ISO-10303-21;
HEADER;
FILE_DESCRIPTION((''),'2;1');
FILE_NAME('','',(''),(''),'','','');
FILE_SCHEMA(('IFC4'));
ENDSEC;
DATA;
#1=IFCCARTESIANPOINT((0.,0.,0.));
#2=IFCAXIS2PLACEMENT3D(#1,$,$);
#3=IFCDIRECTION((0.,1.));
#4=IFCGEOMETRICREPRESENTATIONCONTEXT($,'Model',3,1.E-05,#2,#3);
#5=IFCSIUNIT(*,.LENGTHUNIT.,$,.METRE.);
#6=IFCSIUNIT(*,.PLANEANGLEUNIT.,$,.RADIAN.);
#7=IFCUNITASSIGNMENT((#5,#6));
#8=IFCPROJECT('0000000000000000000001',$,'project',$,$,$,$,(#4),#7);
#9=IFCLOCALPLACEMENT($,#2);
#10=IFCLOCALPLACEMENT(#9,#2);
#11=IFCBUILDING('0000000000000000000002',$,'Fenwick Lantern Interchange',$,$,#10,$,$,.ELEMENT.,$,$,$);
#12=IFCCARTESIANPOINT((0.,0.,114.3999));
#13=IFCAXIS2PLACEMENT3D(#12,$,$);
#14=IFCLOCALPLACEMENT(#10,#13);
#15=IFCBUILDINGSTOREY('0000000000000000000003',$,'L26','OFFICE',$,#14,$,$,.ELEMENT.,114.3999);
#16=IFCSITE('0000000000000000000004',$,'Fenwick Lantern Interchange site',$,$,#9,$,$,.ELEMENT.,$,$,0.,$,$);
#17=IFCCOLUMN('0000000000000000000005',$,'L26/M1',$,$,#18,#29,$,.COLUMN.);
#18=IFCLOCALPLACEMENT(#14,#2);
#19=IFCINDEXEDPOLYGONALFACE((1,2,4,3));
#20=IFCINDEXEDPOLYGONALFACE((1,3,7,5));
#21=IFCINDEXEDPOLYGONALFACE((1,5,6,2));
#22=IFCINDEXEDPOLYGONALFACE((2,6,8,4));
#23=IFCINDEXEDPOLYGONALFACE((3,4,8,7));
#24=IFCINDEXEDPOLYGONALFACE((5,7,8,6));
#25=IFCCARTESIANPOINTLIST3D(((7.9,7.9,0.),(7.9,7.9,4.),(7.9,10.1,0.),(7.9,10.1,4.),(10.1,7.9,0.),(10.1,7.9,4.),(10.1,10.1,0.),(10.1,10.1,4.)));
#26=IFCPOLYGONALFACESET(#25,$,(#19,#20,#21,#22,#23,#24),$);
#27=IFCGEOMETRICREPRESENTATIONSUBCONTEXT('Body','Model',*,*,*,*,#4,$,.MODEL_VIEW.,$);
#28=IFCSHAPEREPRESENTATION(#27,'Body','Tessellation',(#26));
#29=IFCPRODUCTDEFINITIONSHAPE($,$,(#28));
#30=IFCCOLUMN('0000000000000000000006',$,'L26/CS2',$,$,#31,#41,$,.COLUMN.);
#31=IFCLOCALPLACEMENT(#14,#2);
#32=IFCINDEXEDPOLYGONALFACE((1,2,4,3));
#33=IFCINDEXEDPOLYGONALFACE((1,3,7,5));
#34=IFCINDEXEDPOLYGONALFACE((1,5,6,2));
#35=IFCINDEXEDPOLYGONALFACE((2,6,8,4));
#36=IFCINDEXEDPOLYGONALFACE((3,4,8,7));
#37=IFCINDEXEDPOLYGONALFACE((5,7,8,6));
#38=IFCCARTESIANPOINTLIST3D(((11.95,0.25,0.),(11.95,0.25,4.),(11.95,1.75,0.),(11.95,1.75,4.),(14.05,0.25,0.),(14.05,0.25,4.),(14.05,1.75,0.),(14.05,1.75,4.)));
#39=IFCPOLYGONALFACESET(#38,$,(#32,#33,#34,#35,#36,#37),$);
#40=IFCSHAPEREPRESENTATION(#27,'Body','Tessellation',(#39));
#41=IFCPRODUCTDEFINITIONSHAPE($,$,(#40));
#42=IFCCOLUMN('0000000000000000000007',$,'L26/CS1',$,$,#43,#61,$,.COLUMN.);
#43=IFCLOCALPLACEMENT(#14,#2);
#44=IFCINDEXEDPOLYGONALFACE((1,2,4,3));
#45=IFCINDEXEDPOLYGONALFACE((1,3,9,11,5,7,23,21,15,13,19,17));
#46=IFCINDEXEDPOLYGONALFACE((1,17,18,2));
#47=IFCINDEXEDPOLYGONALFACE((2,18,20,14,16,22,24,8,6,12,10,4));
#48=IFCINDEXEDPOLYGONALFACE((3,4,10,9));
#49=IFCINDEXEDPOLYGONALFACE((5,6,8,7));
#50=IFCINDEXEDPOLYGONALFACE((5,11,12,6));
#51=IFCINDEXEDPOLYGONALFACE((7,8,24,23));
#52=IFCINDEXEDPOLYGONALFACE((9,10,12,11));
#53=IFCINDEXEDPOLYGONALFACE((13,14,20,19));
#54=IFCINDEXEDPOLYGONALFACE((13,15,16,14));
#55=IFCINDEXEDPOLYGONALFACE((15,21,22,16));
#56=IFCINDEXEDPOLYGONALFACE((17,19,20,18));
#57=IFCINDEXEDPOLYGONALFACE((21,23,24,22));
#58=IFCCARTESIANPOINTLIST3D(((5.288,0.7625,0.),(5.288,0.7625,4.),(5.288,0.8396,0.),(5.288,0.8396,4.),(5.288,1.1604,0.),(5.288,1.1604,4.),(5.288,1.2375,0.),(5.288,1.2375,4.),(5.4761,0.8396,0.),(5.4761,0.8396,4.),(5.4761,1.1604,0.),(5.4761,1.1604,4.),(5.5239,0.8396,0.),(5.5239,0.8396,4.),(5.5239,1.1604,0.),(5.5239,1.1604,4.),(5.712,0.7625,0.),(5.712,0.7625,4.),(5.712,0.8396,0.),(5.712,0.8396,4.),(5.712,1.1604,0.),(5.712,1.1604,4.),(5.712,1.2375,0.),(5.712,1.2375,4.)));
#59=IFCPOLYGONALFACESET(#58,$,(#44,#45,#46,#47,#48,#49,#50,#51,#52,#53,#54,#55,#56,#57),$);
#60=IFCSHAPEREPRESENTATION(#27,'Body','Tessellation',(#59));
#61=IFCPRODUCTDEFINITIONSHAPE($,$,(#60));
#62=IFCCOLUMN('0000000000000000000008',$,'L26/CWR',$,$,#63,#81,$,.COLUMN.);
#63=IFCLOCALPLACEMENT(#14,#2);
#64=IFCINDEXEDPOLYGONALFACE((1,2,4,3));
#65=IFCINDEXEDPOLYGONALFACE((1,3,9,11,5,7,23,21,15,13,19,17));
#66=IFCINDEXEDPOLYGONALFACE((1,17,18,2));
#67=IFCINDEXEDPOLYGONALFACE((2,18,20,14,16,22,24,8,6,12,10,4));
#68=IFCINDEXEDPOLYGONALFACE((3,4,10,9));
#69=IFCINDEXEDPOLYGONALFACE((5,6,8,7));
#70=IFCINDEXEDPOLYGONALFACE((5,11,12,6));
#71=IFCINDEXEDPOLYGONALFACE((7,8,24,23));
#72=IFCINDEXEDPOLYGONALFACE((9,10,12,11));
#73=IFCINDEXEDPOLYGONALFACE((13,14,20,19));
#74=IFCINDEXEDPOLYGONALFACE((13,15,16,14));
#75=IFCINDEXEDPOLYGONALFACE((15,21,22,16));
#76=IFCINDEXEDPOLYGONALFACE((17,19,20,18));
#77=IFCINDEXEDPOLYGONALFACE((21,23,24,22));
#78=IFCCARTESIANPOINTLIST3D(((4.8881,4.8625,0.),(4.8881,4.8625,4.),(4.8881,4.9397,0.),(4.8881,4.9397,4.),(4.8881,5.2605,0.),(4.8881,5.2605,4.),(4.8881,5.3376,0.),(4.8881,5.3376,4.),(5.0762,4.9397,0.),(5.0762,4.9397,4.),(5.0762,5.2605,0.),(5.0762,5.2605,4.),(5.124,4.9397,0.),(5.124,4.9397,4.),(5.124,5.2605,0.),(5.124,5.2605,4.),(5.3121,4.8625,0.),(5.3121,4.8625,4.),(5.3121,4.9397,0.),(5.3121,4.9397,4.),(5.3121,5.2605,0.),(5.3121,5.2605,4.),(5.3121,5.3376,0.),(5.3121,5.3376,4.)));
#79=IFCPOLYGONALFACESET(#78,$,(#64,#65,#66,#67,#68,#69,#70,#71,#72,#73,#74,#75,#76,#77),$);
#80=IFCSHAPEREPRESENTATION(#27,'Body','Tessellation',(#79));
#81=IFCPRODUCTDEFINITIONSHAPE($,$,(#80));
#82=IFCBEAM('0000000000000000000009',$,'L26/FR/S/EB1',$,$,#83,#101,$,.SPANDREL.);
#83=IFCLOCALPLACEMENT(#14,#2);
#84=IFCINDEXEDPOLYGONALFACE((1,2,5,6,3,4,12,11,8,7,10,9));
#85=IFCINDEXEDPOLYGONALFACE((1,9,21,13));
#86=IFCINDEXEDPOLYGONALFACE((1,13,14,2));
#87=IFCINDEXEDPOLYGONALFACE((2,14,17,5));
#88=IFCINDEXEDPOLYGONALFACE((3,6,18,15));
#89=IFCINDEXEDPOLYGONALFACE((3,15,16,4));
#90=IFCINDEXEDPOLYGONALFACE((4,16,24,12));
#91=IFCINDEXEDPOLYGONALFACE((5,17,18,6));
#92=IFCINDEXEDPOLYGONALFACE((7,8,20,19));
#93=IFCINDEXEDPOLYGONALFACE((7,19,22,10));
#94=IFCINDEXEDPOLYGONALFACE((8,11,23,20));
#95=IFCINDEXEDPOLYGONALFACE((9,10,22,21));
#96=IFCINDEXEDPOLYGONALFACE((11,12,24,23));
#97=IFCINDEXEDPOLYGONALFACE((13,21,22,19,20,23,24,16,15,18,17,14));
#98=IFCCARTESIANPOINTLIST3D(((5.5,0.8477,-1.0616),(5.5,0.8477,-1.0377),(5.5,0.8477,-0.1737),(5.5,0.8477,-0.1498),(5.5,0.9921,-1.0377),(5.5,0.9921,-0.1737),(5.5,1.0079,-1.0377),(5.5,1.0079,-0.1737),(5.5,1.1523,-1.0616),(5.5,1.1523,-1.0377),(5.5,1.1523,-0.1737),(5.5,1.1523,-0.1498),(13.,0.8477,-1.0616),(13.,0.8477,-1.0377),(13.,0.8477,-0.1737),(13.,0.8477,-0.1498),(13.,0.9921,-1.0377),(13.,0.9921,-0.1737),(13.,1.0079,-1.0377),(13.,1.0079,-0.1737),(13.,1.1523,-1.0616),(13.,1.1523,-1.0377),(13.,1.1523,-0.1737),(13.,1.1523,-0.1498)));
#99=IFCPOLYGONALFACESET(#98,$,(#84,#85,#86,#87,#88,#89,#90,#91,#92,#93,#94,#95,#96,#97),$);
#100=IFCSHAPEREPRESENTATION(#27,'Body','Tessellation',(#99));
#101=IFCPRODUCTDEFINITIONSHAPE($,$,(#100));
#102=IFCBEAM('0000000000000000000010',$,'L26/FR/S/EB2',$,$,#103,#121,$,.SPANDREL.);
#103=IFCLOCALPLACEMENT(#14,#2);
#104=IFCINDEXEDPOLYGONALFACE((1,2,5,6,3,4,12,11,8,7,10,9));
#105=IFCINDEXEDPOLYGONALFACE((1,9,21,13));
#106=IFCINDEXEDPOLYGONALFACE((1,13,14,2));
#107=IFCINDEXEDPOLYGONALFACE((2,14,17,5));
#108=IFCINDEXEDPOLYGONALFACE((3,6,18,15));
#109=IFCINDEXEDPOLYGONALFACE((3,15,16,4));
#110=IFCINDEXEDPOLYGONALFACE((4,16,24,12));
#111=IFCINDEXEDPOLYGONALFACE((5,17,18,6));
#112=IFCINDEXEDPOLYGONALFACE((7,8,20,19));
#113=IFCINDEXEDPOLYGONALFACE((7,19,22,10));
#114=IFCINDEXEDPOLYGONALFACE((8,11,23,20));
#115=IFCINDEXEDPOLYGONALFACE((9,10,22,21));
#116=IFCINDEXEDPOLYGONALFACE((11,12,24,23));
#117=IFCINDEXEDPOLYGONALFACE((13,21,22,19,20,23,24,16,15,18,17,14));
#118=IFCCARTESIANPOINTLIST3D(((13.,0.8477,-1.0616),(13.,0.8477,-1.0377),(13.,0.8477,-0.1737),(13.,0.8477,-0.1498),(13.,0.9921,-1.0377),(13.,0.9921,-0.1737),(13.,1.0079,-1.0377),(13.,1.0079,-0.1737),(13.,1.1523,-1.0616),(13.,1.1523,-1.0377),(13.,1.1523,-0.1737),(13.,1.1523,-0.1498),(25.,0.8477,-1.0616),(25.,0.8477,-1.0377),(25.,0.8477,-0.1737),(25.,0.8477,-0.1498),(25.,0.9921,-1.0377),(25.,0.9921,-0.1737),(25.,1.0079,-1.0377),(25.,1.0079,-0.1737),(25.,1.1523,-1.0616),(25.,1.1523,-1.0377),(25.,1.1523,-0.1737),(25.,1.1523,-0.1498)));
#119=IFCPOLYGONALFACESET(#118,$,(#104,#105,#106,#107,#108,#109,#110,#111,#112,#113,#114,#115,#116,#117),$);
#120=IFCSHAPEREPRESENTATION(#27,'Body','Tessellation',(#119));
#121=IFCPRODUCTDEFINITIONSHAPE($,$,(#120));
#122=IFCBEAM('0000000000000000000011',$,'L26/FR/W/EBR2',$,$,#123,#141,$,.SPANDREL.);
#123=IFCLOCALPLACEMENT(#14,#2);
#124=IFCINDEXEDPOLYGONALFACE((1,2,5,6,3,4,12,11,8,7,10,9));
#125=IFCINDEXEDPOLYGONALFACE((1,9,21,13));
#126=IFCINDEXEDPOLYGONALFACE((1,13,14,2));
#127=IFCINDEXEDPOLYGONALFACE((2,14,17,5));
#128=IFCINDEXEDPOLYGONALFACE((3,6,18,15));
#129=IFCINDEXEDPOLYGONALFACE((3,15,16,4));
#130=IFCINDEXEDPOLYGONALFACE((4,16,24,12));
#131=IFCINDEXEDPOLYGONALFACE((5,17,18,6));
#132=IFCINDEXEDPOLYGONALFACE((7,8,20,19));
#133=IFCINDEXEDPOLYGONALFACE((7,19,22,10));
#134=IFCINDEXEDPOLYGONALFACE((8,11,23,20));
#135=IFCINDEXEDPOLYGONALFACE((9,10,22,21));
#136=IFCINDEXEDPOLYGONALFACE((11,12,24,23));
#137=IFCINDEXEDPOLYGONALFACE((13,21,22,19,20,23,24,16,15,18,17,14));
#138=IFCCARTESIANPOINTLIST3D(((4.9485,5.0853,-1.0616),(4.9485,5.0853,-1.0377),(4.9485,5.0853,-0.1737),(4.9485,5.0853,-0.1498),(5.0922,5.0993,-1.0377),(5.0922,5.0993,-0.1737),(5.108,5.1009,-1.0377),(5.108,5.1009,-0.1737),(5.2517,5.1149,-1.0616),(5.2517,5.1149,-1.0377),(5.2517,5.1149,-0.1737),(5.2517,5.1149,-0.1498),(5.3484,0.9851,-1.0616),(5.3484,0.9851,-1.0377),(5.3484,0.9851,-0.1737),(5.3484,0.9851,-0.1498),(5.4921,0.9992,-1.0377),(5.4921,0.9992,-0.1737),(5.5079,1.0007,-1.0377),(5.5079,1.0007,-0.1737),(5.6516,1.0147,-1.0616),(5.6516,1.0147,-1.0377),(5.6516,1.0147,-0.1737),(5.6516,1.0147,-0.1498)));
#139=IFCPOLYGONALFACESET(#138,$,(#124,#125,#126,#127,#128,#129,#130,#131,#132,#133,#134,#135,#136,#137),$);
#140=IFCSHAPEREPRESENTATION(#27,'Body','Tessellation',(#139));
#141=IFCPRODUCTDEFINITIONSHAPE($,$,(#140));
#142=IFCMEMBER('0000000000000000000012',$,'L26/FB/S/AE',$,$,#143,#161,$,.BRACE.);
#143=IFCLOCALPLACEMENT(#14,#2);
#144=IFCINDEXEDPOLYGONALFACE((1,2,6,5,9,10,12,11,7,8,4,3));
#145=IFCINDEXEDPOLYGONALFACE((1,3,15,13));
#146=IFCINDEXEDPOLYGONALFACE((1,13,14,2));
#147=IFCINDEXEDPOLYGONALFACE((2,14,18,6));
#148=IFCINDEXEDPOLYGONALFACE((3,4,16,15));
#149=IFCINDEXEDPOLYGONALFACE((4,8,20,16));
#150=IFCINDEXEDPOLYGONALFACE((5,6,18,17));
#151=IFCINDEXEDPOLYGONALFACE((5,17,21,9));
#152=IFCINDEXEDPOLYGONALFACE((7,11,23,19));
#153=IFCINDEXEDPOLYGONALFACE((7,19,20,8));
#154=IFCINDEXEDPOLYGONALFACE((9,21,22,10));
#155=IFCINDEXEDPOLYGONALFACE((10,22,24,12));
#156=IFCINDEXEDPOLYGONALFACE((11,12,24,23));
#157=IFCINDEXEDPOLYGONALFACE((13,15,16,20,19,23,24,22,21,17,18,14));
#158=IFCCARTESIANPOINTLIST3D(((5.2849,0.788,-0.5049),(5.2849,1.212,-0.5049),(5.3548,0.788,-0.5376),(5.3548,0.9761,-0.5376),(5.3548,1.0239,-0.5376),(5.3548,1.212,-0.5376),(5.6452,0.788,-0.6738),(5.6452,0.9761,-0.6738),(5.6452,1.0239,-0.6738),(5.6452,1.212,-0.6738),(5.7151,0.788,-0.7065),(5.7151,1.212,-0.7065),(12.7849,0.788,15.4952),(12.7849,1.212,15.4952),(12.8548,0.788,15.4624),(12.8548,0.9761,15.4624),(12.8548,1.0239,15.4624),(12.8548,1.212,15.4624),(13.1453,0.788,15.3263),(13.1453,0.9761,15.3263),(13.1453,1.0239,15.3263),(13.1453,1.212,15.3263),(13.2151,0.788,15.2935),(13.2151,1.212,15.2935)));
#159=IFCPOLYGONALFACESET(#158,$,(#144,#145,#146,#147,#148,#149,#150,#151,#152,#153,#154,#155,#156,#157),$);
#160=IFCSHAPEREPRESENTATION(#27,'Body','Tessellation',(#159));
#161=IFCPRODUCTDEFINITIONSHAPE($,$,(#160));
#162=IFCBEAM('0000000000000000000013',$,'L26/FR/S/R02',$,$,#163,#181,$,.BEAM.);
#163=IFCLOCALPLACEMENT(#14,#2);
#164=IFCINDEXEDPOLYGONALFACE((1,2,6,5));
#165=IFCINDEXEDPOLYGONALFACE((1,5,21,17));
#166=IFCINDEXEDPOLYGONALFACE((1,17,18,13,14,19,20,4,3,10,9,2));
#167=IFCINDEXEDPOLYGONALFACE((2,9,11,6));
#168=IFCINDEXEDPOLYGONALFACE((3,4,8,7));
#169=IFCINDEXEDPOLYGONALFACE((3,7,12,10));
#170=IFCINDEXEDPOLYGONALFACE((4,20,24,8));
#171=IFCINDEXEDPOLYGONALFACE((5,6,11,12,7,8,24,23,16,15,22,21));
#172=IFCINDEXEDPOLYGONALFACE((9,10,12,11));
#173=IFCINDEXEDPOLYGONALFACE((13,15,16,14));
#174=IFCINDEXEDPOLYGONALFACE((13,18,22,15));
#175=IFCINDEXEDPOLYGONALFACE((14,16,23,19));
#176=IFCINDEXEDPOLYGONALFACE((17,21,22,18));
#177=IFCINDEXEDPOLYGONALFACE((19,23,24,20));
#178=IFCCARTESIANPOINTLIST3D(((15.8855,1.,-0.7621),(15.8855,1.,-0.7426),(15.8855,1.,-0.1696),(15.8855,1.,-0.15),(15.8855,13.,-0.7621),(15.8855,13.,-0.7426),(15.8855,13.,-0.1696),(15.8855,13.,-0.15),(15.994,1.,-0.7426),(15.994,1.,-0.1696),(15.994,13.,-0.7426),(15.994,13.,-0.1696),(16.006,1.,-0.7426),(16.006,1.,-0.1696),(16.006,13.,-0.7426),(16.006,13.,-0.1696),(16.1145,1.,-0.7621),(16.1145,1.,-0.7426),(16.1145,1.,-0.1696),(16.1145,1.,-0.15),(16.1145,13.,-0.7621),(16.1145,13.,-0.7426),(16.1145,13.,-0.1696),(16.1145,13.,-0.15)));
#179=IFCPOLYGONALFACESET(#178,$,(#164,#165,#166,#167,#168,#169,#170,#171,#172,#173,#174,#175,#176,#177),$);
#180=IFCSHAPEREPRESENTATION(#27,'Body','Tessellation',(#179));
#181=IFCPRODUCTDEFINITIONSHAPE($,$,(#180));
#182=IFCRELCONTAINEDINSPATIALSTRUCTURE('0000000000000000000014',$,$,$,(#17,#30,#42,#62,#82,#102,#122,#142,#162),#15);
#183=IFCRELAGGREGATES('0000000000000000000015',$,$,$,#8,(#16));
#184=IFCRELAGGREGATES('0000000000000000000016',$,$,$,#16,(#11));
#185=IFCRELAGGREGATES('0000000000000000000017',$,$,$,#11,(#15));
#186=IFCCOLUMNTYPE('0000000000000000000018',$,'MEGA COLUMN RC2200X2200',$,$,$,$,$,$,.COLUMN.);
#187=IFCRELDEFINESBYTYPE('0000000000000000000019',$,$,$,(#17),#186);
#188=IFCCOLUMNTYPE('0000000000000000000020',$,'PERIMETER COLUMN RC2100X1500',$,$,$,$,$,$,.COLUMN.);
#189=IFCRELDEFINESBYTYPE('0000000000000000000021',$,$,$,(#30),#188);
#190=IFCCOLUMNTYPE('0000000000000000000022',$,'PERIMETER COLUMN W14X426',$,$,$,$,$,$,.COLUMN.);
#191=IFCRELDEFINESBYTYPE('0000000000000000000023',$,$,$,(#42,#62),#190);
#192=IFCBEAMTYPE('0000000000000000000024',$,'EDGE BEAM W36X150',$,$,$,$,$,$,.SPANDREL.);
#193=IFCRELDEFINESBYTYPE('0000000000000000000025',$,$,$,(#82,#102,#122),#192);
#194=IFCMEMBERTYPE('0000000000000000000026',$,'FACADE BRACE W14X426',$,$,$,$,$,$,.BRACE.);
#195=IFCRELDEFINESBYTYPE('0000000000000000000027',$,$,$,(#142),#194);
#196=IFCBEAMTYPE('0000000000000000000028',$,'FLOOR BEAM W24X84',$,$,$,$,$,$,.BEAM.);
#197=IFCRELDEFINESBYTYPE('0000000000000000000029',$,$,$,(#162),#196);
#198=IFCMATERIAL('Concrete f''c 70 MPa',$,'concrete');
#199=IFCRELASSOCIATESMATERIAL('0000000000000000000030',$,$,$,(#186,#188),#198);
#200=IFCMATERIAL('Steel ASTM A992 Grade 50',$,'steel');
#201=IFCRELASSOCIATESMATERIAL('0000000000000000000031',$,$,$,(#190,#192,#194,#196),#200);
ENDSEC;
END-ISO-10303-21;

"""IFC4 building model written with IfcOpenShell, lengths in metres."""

from ifc_helpers import new_model, si_unit, direction, frame, origin, origin_2d, place, context, subcontext, project, spatial, rectangle, i_section, extrude, material, material_profile, profile_set, type_object, element, save


model = new_model("IFC4")

# Units and contexts
model_context = context("Model", 3, precision=1e-05, world=origin(), true_north=direction((0.0, 1.0)))
body_context = subcontext(model_context, "Body", "Model", "MODEL_VIEW")
ifc_project = project(units=[si_unit("LENGTHUNIT", "METRE"), si_unit("PLANEANGLEUNIT", "RADIAN")], contexts=[model_context])

# Site, building, storey
site_placement = place(None, origin())
site = spatial("IfcSite", under=ifc_project, at=site_placement, Name="Fenwick Lantern Interchange site", CompositionType="ELEMENT", RefElevation=0.0)
building_placement = place(site_placement, origin())
building = spatial("IfcBuilding", under=site, at=building_placement, Name="Fenwick Lantern Interchange", CompositionType="ELEMENT")
storey_placement = place(building_placement, frame((0.0, 0.0, 114.3999)))
storey = spatial("IfcBuildingStorey", under=building, at=storey_placement, Name="L26", Description="OFFICE", CompositionType="ELEMENT", Elevation=114.3999)

# Columns
ifc_material_1 = material(Name="Concrete f'c 70 MPa", Category="concrete")
ifc_material_profile_1 = material_profile(ifc_material_1, rectangle(XDim=2.2, YDim=2.2, at=origin_2d()), Name="RC2200X2200")
ifc_profile_set_1 = profile_set([ifc_material_profile_1], Name="Concrete f'c 70 MPa")
column_type_1 = type_object("IfcColumnType", Name="MEGA COLUMN RC2200X2200", PredefinedType="COLUMN", material=ifc_profile_set_1)
column_1_placement = place(storey_placement, frame((9.0, 9.0, 0.0), z_axis=(0.0, 0.0, 1.0), x_axis=(1.0, 0.0, 0.0)))
element("IfcColumn", 1, at=column_1_placement, inside=storey, type_object=column_type_1, Name="L26/M1", PredefinedType="COLUMN", context=body_context, shape_type="SweptSolid", body=[
    extrude(rectangle(XDim=2.2, YDim=2.2, at=origin_2d()), origin(), (0.0, 0.0, 1.0), 4.0),
])
ifc_material_profile_2 = material_profile(ifc_material_1, rectangle(XDim=2.1001, YDim=1.5, at=origin_2d()), Name="RC2100X1500")
ifc_profile_set_2 = profile_set([ifc_material_profile_2], Name="Concrete f'c 70 MPa")
column_type_2 = type_object("IfcColumnType", Name="PERIMETER COLUMN RC2100X1500", PredefinedType="COLUMN", material=ifc_profile_set_2)
column_2_placement = place(storey_placement, frame((13.0, 1.0, 0.0), z_axis=(0.0, 0.0, 1.0), x_axis=(1.0, 0.0, 0.0)))
element("IfcColumn", 2, at=column_2_placement, inside=storey, type_object=column_type_2, Name="L26/CS2", PredefinedType="COLUMN", context=body_context, shape_type="SweptSolid", body=[
    extrude(rectangle(XDim=2.1001, YDim=1.5, at=origin_2d()), origin(), (0.0, 0.0, 1.0), 4.0),
])
ifc_material_2 = material(Name="Steel ASTM A992 Grade 50", Category="steel")
ifc_material_profile_3 = material_profile(ifc_material_2, i_section(OverallWidth=0.4241, OverallDepth=0.4751, WebThickness=0.0479, FlangeThickness=0.0771, at=origin_2d()), Name="W14X426")
ifc_profile_set_3 = profile_set([ifc_material_profile_3], Name="Steel ASTM A992 Grade 50")
column_type_3 = type_object("IfcColumnType", Name="PERIMETER COLUMN W14X426", PredefinedType="COLUMN", material=ifc_profile_set_3)
for number, where, z_axis, x_axis, name in (
    (3, (5.5, 1.0, 0.0), (0.0, 0.0, 1.0), (1.0, 0.0, 0.0), "L26/CS1"),
    (4, (5.1001, 5.1001, 0.0), (0.0, 0.0, 1.0), (1.0, 0.0, 0.0), "L26/CWR"),
):
    element("IfcColumn", number, at=place(storey_placement, frame(where, z_axis=z_axis, x_axis=x_axis)), inside=storey, type_object=column_type_3, Name=name, PredefinedType="COLUMN", context=body_context, shape_type="SweptSolid", body=[
        extrude(i_section(OverallWidth=0.4241, OverallDepth=0.4751, WebThickness=0.0479, FlangeThickness=0.0771, at=origin_2d()), origin(), (0.0, 0.0, 1.0), 4.0),
    ])

# Beams
ifc_material_profile_4 = material_profile(ifc_material_2, i_section(OverallWidth=0.3047, OverallDepth=0.9119, WebThickness=0.0159, FlangeThickness=0.0239, at=origin_2d()), Name="W36X150")
ifc_profile_set_4 = profile_set([ifc_material_profile_4], Name="Steel ASTM A992 Grade 50")
beam_type_1 = type_object("IfcBeamType", Name="EDGE BEAM W36X150", PredefinedType="SPANDREL", material=ifc_profile_set_4)
beam_1_placement = place(storey_placement, frame((5.5, 1.0, -0.6057), z_axis=(1.0, 0.0, 0.0), x_axis=(0.0, 1.0, 0.0)))
element("IfcBeam", 5, at=beam_1_placement, inside=storey, type_object=beam_type_1, Name="L26/FR/S/EB1", PredefinedType="SPANDREL", context=body_context, shape_type="SweptSolid", body=[
    extrude(i_section(OverallWidth=0.3047, OverallDepth=0.9119, WebThickness=0.0159, FlangeThickness=0.0239, at=origin_2d()), origin(), (0.0, 0.0, 1.0), 7.5),
])
beam_2_placement = place(storey_placement, frame((13.0, 1.0, -0.6057), z_axis=(1.0, 0.0, 0.0), x_axis=(0.0, 1.0, 0.0)))
element("IfcBeam", 6, at=beam_2_placement, inside=storey, type_object=beam_type_1, Name="L26/FR/S/EB2", PredefinedType="SPANDREL", context=body_context, shape_type="SweptSolid", body=[
    extrude(i_section(OverallWidth=0.3047, OverallDepth=0.9119, WebThickness=0.0159, FlangeThickness=0.0239, at=origin_2d()), origin(), (0.0, 0.0, 1.0), 12.0),
])
beam_3_placement = place(storey_placement, frame((5.1001, 5.1001, -0.6057), z_axis=(0.097074, -0.995277, 0.0), x_axis=(0.995277, 0.097074, 0.0)))
element("IfcBeam", 7, at=beam_3_placement, inside=storey, type_object=beam_type_1, Name="L26/FR/W/EBR2", PredefinedType="SPANDREL", context=body_context, shape_type="SweptSolid", body=[
    extrude(i_section(OverallWidth=0.3047, OverallDepth=0.9119, WebThickness=0.0159, FlangeThickness=0.0239, at=origin_2d()), origin(), (0.0, 0.0, 1.0), 4.1196),
])

# Member
ifc_material_profile_5 = material_profile(ifc_material_2, i_section(OverallWidth=0.4241, OverallDepth=0.4751, WebThickness=0.0479, FlangeThickness=0.0771, at=origin_2d()), Name="W14X426")
ifc_profile_set_5 = profile_set([ifc_material_profile_5], Name="Steel ASTM A992 Grade 50")
member_type_1 = type_object("IfcMemberType", Name="FACADE BRACE W14X426", PredefinedType="BRACE", material=ifc_profile_set_5)
member_1_placement = place(storey_placement, frame((5.5, 1.0, -0.6057), z_axis=(0.424434, 0.0, 0.905459), x_axis=(0.0, 1.0, 0.0)))
element("IfcMember", 8, at=member_1_placement, inside=storey, type_object=member_type_1, Name="L26/FB/S/AE", PredefinedType="BRACE", context=body_context, shape_type="SweptSolid", body=[
    extrude(i_section(OverallWidth=0.4241, OverallDepth=0.4751, WebThickness=0.0479, FlangeThickness=0.0771, at=origin_2d()), origin(), (0.0, 0.0, 1.0), 17.6707),
])

# Beam
ifc_material_profile_6 = material_profile(ifc_material_2, i_section(OverallWidth=0.229, OverallDepth=0.6121, WebThickness=0.012, FlangeThickness=0.0195, at=origin_2d()), Name="W24X84")
ifc_profile_set_6 = profile_set([ifc_material_profile_6], Name="Steel ASTM A992 Grade 50")
beam_type_2 = type_object("IfcBeamType", Name="FLOOR BEAM W24X84", PredefinedType="BEAM", material=ifc_profile_set_6)
for number, where, z_axis, x_axis, name in (
    (9, (16.0, 1.0, -0.4561), (0.0, 1.0, 0.0), (-1.0, 0.0, 0.0), "L26/FR/S/R02"),
):
    element("IfcBeam", number, at=place(storey_placement, frame(where, z_axis=z_axis, x_axis=x_axis)), inside=storey, type_object=beam_type_2, Name=name, PredefinedType="BEAM", context=body_context, shape_type="SweptSolid", body=[
        extrude(i_section(OverallWidth=0.229, OverallDepth=0.6121, WebThickness=0.012, FlangeThickness=0.0195, at=origin_2d()), origin(), (0.0, 0.0, 1.0), 12.0),
    ])

save(model, "model.ifc")
